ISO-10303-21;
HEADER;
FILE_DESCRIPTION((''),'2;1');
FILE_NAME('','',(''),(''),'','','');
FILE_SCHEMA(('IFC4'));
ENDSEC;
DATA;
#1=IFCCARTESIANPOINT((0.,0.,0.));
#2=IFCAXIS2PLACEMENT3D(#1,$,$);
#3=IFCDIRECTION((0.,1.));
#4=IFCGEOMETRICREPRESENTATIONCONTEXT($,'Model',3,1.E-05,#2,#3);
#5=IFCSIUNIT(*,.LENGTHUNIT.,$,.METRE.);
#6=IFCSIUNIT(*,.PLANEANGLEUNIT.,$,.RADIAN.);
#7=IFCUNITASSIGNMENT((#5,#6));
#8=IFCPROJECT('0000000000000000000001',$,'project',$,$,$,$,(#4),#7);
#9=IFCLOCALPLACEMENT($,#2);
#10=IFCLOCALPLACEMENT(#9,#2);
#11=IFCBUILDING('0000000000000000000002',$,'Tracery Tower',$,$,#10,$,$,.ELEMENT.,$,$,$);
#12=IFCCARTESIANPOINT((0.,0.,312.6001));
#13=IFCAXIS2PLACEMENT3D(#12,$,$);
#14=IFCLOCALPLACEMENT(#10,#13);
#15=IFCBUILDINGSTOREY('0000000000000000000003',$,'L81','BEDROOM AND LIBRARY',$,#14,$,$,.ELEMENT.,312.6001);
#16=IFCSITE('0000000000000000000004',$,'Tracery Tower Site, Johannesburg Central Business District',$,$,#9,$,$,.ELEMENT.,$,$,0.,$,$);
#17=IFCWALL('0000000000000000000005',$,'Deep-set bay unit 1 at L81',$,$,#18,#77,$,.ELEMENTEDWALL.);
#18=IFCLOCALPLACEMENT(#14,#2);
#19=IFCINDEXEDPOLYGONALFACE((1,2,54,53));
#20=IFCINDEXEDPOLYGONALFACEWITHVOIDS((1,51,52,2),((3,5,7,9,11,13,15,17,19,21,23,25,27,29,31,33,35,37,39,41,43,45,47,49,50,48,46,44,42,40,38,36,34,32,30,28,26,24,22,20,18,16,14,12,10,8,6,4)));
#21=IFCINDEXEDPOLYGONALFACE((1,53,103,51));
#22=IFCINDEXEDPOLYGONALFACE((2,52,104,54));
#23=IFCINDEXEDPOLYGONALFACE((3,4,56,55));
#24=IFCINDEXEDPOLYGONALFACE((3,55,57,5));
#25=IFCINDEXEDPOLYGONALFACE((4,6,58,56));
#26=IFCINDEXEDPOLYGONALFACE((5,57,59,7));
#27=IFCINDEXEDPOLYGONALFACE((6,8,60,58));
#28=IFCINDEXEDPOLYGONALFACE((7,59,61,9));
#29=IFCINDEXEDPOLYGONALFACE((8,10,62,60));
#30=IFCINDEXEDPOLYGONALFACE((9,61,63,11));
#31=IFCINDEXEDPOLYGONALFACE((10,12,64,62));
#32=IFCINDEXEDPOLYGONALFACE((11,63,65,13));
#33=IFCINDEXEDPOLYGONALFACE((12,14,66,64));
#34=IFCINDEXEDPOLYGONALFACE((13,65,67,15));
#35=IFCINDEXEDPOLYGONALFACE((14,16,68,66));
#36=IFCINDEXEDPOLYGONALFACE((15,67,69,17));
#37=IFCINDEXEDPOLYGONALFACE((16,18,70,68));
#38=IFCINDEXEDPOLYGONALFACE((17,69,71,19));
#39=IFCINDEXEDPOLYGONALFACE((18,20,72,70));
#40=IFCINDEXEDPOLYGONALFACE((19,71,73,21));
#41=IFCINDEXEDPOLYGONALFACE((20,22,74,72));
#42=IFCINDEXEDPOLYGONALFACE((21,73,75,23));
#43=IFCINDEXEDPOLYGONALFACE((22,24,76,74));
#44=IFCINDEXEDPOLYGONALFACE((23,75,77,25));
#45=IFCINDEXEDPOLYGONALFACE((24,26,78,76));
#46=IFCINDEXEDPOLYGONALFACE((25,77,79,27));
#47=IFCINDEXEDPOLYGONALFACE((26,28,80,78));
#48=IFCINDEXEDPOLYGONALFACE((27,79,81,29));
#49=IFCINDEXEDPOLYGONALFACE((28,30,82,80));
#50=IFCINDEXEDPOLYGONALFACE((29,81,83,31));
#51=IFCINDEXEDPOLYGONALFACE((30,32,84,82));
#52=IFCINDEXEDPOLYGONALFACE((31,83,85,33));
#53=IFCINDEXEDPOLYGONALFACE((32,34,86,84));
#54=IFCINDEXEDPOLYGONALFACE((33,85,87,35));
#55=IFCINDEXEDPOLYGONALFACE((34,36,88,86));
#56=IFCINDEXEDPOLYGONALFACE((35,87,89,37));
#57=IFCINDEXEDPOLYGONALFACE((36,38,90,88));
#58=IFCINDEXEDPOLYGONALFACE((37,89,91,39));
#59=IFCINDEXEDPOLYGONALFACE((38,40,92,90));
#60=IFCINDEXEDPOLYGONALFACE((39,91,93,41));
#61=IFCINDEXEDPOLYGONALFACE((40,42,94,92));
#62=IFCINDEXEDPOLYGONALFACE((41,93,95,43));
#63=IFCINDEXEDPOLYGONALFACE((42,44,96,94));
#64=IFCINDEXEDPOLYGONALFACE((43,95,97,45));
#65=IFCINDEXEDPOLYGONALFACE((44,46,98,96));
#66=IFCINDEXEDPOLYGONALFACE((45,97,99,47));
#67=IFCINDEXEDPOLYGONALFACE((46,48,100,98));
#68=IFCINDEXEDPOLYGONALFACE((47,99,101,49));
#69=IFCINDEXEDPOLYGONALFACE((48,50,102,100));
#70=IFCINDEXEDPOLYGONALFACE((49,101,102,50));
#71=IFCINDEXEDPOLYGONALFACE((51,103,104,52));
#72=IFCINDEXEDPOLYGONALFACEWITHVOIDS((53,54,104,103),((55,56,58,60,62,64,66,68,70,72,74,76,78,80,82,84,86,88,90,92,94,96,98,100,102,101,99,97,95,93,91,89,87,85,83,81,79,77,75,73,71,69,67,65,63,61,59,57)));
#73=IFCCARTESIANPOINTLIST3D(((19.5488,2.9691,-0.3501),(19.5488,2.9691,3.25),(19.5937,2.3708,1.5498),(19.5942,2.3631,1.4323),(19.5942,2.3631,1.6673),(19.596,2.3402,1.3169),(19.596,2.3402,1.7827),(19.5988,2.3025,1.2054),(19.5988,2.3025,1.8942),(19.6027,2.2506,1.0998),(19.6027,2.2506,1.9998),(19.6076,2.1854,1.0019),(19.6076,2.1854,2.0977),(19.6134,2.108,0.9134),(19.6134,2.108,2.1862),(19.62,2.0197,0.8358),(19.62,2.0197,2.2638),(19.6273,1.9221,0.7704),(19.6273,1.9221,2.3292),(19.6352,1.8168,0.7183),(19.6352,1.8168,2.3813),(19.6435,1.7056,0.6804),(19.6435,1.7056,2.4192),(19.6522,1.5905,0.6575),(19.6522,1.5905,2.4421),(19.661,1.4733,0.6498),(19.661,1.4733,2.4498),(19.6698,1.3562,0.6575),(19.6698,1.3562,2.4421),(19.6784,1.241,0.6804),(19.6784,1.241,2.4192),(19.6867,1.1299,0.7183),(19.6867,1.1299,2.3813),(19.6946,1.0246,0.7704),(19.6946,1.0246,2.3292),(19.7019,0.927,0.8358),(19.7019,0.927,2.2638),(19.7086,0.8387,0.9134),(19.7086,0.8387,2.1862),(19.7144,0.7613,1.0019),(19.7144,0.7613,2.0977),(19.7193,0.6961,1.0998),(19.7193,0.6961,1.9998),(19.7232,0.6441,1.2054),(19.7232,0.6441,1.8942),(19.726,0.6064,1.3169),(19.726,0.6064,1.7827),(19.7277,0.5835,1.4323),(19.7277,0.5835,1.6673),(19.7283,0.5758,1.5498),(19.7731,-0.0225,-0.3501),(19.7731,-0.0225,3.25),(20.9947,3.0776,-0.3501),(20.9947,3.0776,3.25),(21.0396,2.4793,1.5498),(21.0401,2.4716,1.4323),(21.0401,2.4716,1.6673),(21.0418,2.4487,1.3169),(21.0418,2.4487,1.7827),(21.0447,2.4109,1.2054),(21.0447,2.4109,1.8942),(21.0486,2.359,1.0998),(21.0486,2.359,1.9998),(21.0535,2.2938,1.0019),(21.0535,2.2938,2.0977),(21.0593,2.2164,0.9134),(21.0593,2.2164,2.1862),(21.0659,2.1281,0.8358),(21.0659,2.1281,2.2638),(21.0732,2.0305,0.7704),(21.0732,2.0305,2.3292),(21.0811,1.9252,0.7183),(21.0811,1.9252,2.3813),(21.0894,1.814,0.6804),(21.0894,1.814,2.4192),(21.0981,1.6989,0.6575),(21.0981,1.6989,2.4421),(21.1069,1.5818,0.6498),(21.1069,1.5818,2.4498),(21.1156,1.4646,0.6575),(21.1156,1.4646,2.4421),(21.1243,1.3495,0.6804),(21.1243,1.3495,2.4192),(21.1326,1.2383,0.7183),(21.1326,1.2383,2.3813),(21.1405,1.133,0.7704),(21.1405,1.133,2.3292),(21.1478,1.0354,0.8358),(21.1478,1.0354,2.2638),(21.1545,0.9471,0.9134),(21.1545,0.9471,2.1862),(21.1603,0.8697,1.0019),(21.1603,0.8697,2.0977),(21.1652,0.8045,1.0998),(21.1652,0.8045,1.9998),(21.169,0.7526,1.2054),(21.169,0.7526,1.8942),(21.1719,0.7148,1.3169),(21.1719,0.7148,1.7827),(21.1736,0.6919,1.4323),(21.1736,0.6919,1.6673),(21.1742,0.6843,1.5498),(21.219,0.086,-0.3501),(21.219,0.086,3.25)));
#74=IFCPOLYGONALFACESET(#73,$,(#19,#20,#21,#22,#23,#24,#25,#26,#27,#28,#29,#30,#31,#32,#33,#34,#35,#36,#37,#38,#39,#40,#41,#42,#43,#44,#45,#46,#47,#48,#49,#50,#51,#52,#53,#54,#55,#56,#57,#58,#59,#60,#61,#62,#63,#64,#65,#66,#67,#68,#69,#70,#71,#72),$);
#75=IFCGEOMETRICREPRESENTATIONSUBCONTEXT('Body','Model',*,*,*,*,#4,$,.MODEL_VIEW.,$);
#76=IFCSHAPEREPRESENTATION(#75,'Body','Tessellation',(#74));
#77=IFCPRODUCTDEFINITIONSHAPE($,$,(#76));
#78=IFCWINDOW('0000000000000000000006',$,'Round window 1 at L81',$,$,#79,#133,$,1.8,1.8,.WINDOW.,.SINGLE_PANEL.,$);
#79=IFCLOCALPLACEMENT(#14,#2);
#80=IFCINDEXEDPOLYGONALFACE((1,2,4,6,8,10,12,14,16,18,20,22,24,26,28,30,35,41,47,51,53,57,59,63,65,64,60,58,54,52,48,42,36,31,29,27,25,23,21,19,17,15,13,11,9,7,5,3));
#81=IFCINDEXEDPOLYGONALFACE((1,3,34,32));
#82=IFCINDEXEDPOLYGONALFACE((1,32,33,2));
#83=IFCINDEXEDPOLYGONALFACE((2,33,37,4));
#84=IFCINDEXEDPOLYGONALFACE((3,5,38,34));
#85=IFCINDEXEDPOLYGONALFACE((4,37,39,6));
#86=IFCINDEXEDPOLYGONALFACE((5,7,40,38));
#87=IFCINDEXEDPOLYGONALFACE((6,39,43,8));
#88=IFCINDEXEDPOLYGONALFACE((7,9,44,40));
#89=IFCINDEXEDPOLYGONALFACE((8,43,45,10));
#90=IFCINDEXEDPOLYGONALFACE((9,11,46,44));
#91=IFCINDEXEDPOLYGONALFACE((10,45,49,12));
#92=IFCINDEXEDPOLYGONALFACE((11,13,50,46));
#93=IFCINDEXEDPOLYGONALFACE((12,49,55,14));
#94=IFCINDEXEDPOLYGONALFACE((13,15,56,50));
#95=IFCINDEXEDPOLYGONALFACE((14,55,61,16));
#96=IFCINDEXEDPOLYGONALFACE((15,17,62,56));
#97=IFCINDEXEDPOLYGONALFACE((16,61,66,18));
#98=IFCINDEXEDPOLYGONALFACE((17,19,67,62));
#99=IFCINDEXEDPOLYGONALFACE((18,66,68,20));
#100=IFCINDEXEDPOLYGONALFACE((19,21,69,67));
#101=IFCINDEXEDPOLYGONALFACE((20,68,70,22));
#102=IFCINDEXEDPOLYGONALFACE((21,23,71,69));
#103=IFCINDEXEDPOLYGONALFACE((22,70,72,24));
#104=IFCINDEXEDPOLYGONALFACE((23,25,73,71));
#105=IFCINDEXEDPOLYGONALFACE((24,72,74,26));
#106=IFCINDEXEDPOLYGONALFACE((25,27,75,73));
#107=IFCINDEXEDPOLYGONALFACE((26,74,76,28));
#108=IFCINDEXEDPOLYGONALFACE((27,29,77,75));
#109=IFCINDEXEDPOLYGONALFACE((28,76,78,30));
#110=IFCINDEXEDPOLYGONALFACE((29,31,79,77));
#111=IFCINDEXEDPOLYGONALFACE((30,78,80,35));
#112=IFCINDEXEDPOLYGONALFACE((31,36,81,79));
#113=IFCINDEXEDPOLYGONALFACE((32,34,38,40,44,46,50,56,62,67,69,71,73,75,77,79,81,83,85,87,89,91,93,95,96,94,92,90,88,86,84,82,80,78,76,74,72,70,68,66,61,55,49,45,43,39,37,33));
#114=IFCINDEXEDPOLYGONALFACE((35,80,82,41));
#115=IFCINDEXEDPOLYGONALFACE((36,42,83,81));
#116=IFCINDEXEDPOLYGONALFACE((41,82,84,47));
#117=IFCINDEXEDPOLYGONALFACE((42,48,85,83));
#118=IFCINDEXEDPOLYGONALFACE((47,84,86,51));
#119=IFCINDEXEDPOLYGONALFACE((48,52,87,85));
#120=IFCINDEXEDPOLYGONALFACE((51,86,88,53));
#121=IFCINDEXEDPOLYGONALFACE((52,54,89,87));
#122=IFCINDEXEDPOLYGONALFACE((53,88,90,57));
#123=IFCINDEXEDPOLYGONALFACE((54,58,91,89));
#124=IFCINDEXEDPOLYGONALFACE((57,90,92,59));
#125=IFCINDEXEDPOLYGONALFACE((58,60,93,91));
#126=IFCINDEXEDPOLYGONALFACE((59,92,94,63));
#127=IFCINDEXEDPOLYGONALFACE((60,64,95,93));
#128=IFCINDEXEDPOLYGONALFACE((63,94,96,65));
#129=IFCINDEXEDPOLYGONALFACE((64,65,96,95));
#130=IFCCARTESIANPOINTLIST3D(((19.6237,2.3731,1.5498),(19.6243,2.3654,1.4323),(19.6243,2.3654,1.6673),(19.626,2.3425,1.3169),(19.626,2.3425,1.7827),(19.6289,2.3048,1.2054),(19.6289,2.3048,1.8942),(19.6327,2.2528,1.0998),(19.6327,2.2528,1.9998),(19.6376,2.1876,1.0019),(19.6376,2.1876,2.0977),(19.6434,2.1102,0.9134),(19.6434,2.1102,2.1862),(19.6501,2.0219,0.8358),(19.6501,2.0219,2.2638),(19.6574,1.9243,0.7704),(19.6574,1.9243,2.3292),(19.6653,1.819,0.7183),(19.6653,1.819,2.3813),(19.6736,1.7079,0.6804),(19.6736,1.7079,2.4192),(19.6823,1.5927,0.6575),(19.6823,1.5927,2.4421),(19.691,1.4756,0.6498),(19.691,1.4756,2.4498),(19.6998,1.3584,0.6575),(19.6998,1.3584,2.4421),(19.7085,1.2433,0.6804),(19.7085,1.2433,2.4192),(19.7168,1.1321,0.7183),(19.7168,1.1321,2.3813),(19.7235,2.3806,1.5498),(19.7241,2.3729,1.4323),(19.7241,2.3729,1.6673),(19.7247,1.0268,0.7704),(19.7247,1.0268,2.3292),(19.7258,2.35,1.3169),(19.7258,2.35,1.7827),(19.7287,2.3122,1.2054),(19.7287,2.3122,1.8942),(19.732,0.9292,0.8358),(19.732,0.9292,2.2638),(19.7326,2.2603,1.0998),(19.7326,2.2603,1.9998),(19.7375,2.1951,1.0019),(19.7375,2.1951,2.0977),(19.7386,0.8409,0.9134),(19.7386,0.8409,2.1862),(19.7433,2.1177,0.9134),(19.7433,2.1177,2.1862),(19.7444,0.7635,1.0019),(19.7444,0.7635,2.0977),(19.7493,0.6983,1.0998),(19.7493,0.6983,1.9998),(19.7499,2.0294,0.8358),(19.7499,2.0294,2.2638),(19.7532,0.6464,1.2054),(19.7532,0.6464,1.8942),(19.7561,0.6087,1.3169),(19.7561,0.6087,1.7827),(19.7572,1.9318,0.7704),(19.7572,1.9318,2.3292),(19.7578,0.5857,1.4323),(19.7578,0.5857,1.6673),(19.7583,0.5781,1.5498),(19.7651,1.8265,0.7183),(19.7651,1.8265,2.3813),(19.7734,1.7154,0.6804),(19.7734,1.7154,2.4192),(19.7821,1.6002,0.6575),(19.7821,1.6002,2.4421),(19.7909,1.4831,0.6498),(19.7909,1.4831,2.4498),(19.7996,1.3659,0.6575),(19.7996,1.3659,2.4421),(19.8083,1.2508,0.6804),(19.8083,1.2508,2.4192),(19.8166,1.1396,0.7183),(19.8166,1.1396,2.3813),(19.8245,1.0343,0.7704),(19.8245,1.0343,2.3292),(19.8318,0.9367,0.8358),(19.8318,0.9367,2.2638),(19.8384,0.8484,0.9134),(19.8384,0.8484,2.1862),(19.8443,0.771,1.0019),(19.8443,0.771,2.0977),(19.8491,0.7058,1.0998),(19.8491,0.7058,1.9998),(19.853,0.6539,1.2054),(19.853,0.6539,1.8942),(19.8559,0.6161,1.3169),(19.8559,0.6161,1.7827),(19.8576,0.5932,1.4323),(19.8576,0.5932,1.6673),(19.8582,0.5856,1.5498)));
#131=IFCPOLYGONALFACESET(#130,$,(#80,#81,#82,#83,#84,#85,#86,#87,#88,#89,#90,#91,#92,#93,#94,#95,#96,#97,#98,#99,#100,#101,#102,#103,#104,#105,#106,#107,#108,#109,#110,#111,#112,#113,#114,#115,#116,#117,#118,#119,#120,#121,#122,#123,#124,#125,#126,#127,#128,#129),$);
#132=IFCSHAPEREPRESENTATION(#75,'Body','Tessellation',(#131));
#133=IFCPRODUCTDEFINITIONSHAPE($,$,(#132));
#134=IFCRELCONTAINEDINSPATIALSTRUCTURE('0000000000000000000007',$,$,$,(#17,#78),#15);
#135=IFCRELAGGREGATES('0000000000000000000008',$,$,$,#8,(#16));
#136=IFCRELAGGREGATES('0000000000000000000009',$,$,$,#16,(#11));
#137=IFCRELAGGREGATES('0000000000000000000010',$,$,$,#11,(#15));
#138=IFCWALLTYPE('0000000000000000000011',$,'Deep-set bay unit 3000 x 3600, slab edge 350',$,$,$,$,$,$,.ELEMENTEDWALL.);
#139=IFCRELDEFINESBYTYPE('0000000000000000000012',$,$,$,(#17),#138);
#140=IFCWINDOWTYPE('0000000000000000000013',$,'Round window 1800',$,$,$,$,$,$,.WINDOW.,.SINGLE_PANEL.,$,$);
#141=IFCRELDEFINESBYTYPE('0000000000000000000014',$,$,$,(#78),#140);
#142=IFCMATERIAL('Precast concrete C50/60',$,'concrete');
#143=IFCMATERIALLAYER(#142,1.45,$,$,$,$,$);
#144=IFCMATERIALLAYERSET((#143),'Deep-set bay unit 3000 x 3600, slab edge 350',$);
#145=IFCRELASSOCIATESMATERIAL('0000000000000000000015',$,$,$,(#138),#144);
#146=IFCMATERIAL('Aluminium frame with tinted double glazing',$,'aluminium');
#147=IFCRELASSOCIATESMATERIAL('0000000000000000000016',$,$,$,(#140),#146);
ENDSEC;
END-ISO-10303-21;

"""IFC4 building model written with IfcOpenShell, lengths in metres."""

from ifc_helpers import new_model, si_unit, direction, frame, frame_2d, origin, origin_2d, place, context, subcontext, project, spatial, rectangle, circle, extrude, material, layer, layer_set, type_object, element, fill, save


model = new_model("IFC4")

# Units and contexts
model_context = context("Model", 3, precision=1e-05, world=origin(), true_north=direction((0.0, 1.0)))
body_context = subcontext(model_context, "Body", "Model", "MODEL_VIEW")
ifc_project = project(units=[si_unit("LENGTHUNIT", "METRE"), si_unit("PLANEANGLEUNIT", "RADIAN")], contexts=[model_context])

# Site, building, storey
site_placement = place(None, origin())
site = spatial("IfcSite", under=ifc_project, at=site_placement, Name="Tracery Tower Site, Johannesburg Central Business District", CompositionType="ELEMENT", RefElevation=0.0)
building_placement = place(site_placement, origin())
building = spatial("IfcBuilding", under=site, at=building_placement, Name="Tracery Tower", CompositionType="ELEMENT")
storey_placement = place(building_placement, frame((0.0, 0.0, 312.6001)))
storey = spatial("IfcBuildingStorey", under=building, at=storey_placement, Name="L81", Description="BEDROOM AND LIBRARY", CompositionType="ELEMENT", Elevation=312.6001)

# Wall, opening, window
ifc_material_1 = material(Name="Precast concrete C50/60", Category="concrete")
ifc_layer_1 = layer(ifc_material_1, 1.45)
ifc_layer_set_1 = layer_set([ifc_layer_1], Name="Deep-set bay unit 3000 x 3600, slab edge 350")
wall_type_1 = type_object("IfcWallType", Name="Deep-set bay unit 3000 x 3600, slab edge 350", PredefinedType="ELEMENTEDWALL", material=ifc_layer_set_1)
wall_1_placement = place(storey_placement, frame((20.4961, 0.0317, -0.3501), z_axis=(0.0, 0.0, 1.0), x_axis=(-0.074786, 0.9972, 0.0)))
wall_1 = element("IfcWall", 1, at=wall_1_placement, inside=storey, type_object=wall_type_1, Name="Deep-set bay unit 1 at L81", PredefinedType="ELEMENTEDWALL", context=body_context, shape_type="SweptSolid", body=[
    extrude(rectangle(XDim=3.0, YDim=1.45, at=frame_2d((1.5, 0.0))), origin(), (0.0, 0.0, 1.0), 3.6001),
])
opening_1_placement = place(wall_1_placement, frame((1.5, 0.0, 1.8999)))
opening_1 = element("IfcOpeningElement", 2, at=opening_1_placement, cuts=wall_1, PredefinedType="OPENING", context=body_context, shape_type="SweptSolid", body=[
    extrude(circle(Radius=0.9, at=origin_2d()), frame((0.0, 0.7349, 0.0), z_axis=(0.0, -1.0, 0.0), x_axis=(1.0, 0.0, 0.0)), (0.0, 0.0, 1.0), 1.47),
])
ifc_material_2 = material(Name="Aluminium frame with tinted double glazing", Category="aluminium")
window_type = type_object("IfcWindowType", Name="Round window 1800", PartitioningType="SINGLE_PANEL", PredefinedType="WINDOW", material=ifc_material_2)
window_1_placement = place(opening_1_placement, origin())
window_1 = element("IfcWindow", 3, at=window_1_placement, inside=storey, type_object=window_type, Name="Round window 1 at L81", OverallHeight=1.8, OverallWidth=1.8, PartitioningType="SINGLE_PANEL", PredefinedType="WINDOW", context=body_context, shape_type="SweptSolid", body=[
    extrude(circle(Radius=0.9, at=origin_2d()), frame((0.0, 0.6948, 0.0), z_axis=(0.0, -1.0, 0.0), x_axis=(1.0, 0.0, 0.0)), (0.0, 0.0, 1.0), 0.1001),
])
fill(opening_1, window_1)

save(model, "model.ifc")
